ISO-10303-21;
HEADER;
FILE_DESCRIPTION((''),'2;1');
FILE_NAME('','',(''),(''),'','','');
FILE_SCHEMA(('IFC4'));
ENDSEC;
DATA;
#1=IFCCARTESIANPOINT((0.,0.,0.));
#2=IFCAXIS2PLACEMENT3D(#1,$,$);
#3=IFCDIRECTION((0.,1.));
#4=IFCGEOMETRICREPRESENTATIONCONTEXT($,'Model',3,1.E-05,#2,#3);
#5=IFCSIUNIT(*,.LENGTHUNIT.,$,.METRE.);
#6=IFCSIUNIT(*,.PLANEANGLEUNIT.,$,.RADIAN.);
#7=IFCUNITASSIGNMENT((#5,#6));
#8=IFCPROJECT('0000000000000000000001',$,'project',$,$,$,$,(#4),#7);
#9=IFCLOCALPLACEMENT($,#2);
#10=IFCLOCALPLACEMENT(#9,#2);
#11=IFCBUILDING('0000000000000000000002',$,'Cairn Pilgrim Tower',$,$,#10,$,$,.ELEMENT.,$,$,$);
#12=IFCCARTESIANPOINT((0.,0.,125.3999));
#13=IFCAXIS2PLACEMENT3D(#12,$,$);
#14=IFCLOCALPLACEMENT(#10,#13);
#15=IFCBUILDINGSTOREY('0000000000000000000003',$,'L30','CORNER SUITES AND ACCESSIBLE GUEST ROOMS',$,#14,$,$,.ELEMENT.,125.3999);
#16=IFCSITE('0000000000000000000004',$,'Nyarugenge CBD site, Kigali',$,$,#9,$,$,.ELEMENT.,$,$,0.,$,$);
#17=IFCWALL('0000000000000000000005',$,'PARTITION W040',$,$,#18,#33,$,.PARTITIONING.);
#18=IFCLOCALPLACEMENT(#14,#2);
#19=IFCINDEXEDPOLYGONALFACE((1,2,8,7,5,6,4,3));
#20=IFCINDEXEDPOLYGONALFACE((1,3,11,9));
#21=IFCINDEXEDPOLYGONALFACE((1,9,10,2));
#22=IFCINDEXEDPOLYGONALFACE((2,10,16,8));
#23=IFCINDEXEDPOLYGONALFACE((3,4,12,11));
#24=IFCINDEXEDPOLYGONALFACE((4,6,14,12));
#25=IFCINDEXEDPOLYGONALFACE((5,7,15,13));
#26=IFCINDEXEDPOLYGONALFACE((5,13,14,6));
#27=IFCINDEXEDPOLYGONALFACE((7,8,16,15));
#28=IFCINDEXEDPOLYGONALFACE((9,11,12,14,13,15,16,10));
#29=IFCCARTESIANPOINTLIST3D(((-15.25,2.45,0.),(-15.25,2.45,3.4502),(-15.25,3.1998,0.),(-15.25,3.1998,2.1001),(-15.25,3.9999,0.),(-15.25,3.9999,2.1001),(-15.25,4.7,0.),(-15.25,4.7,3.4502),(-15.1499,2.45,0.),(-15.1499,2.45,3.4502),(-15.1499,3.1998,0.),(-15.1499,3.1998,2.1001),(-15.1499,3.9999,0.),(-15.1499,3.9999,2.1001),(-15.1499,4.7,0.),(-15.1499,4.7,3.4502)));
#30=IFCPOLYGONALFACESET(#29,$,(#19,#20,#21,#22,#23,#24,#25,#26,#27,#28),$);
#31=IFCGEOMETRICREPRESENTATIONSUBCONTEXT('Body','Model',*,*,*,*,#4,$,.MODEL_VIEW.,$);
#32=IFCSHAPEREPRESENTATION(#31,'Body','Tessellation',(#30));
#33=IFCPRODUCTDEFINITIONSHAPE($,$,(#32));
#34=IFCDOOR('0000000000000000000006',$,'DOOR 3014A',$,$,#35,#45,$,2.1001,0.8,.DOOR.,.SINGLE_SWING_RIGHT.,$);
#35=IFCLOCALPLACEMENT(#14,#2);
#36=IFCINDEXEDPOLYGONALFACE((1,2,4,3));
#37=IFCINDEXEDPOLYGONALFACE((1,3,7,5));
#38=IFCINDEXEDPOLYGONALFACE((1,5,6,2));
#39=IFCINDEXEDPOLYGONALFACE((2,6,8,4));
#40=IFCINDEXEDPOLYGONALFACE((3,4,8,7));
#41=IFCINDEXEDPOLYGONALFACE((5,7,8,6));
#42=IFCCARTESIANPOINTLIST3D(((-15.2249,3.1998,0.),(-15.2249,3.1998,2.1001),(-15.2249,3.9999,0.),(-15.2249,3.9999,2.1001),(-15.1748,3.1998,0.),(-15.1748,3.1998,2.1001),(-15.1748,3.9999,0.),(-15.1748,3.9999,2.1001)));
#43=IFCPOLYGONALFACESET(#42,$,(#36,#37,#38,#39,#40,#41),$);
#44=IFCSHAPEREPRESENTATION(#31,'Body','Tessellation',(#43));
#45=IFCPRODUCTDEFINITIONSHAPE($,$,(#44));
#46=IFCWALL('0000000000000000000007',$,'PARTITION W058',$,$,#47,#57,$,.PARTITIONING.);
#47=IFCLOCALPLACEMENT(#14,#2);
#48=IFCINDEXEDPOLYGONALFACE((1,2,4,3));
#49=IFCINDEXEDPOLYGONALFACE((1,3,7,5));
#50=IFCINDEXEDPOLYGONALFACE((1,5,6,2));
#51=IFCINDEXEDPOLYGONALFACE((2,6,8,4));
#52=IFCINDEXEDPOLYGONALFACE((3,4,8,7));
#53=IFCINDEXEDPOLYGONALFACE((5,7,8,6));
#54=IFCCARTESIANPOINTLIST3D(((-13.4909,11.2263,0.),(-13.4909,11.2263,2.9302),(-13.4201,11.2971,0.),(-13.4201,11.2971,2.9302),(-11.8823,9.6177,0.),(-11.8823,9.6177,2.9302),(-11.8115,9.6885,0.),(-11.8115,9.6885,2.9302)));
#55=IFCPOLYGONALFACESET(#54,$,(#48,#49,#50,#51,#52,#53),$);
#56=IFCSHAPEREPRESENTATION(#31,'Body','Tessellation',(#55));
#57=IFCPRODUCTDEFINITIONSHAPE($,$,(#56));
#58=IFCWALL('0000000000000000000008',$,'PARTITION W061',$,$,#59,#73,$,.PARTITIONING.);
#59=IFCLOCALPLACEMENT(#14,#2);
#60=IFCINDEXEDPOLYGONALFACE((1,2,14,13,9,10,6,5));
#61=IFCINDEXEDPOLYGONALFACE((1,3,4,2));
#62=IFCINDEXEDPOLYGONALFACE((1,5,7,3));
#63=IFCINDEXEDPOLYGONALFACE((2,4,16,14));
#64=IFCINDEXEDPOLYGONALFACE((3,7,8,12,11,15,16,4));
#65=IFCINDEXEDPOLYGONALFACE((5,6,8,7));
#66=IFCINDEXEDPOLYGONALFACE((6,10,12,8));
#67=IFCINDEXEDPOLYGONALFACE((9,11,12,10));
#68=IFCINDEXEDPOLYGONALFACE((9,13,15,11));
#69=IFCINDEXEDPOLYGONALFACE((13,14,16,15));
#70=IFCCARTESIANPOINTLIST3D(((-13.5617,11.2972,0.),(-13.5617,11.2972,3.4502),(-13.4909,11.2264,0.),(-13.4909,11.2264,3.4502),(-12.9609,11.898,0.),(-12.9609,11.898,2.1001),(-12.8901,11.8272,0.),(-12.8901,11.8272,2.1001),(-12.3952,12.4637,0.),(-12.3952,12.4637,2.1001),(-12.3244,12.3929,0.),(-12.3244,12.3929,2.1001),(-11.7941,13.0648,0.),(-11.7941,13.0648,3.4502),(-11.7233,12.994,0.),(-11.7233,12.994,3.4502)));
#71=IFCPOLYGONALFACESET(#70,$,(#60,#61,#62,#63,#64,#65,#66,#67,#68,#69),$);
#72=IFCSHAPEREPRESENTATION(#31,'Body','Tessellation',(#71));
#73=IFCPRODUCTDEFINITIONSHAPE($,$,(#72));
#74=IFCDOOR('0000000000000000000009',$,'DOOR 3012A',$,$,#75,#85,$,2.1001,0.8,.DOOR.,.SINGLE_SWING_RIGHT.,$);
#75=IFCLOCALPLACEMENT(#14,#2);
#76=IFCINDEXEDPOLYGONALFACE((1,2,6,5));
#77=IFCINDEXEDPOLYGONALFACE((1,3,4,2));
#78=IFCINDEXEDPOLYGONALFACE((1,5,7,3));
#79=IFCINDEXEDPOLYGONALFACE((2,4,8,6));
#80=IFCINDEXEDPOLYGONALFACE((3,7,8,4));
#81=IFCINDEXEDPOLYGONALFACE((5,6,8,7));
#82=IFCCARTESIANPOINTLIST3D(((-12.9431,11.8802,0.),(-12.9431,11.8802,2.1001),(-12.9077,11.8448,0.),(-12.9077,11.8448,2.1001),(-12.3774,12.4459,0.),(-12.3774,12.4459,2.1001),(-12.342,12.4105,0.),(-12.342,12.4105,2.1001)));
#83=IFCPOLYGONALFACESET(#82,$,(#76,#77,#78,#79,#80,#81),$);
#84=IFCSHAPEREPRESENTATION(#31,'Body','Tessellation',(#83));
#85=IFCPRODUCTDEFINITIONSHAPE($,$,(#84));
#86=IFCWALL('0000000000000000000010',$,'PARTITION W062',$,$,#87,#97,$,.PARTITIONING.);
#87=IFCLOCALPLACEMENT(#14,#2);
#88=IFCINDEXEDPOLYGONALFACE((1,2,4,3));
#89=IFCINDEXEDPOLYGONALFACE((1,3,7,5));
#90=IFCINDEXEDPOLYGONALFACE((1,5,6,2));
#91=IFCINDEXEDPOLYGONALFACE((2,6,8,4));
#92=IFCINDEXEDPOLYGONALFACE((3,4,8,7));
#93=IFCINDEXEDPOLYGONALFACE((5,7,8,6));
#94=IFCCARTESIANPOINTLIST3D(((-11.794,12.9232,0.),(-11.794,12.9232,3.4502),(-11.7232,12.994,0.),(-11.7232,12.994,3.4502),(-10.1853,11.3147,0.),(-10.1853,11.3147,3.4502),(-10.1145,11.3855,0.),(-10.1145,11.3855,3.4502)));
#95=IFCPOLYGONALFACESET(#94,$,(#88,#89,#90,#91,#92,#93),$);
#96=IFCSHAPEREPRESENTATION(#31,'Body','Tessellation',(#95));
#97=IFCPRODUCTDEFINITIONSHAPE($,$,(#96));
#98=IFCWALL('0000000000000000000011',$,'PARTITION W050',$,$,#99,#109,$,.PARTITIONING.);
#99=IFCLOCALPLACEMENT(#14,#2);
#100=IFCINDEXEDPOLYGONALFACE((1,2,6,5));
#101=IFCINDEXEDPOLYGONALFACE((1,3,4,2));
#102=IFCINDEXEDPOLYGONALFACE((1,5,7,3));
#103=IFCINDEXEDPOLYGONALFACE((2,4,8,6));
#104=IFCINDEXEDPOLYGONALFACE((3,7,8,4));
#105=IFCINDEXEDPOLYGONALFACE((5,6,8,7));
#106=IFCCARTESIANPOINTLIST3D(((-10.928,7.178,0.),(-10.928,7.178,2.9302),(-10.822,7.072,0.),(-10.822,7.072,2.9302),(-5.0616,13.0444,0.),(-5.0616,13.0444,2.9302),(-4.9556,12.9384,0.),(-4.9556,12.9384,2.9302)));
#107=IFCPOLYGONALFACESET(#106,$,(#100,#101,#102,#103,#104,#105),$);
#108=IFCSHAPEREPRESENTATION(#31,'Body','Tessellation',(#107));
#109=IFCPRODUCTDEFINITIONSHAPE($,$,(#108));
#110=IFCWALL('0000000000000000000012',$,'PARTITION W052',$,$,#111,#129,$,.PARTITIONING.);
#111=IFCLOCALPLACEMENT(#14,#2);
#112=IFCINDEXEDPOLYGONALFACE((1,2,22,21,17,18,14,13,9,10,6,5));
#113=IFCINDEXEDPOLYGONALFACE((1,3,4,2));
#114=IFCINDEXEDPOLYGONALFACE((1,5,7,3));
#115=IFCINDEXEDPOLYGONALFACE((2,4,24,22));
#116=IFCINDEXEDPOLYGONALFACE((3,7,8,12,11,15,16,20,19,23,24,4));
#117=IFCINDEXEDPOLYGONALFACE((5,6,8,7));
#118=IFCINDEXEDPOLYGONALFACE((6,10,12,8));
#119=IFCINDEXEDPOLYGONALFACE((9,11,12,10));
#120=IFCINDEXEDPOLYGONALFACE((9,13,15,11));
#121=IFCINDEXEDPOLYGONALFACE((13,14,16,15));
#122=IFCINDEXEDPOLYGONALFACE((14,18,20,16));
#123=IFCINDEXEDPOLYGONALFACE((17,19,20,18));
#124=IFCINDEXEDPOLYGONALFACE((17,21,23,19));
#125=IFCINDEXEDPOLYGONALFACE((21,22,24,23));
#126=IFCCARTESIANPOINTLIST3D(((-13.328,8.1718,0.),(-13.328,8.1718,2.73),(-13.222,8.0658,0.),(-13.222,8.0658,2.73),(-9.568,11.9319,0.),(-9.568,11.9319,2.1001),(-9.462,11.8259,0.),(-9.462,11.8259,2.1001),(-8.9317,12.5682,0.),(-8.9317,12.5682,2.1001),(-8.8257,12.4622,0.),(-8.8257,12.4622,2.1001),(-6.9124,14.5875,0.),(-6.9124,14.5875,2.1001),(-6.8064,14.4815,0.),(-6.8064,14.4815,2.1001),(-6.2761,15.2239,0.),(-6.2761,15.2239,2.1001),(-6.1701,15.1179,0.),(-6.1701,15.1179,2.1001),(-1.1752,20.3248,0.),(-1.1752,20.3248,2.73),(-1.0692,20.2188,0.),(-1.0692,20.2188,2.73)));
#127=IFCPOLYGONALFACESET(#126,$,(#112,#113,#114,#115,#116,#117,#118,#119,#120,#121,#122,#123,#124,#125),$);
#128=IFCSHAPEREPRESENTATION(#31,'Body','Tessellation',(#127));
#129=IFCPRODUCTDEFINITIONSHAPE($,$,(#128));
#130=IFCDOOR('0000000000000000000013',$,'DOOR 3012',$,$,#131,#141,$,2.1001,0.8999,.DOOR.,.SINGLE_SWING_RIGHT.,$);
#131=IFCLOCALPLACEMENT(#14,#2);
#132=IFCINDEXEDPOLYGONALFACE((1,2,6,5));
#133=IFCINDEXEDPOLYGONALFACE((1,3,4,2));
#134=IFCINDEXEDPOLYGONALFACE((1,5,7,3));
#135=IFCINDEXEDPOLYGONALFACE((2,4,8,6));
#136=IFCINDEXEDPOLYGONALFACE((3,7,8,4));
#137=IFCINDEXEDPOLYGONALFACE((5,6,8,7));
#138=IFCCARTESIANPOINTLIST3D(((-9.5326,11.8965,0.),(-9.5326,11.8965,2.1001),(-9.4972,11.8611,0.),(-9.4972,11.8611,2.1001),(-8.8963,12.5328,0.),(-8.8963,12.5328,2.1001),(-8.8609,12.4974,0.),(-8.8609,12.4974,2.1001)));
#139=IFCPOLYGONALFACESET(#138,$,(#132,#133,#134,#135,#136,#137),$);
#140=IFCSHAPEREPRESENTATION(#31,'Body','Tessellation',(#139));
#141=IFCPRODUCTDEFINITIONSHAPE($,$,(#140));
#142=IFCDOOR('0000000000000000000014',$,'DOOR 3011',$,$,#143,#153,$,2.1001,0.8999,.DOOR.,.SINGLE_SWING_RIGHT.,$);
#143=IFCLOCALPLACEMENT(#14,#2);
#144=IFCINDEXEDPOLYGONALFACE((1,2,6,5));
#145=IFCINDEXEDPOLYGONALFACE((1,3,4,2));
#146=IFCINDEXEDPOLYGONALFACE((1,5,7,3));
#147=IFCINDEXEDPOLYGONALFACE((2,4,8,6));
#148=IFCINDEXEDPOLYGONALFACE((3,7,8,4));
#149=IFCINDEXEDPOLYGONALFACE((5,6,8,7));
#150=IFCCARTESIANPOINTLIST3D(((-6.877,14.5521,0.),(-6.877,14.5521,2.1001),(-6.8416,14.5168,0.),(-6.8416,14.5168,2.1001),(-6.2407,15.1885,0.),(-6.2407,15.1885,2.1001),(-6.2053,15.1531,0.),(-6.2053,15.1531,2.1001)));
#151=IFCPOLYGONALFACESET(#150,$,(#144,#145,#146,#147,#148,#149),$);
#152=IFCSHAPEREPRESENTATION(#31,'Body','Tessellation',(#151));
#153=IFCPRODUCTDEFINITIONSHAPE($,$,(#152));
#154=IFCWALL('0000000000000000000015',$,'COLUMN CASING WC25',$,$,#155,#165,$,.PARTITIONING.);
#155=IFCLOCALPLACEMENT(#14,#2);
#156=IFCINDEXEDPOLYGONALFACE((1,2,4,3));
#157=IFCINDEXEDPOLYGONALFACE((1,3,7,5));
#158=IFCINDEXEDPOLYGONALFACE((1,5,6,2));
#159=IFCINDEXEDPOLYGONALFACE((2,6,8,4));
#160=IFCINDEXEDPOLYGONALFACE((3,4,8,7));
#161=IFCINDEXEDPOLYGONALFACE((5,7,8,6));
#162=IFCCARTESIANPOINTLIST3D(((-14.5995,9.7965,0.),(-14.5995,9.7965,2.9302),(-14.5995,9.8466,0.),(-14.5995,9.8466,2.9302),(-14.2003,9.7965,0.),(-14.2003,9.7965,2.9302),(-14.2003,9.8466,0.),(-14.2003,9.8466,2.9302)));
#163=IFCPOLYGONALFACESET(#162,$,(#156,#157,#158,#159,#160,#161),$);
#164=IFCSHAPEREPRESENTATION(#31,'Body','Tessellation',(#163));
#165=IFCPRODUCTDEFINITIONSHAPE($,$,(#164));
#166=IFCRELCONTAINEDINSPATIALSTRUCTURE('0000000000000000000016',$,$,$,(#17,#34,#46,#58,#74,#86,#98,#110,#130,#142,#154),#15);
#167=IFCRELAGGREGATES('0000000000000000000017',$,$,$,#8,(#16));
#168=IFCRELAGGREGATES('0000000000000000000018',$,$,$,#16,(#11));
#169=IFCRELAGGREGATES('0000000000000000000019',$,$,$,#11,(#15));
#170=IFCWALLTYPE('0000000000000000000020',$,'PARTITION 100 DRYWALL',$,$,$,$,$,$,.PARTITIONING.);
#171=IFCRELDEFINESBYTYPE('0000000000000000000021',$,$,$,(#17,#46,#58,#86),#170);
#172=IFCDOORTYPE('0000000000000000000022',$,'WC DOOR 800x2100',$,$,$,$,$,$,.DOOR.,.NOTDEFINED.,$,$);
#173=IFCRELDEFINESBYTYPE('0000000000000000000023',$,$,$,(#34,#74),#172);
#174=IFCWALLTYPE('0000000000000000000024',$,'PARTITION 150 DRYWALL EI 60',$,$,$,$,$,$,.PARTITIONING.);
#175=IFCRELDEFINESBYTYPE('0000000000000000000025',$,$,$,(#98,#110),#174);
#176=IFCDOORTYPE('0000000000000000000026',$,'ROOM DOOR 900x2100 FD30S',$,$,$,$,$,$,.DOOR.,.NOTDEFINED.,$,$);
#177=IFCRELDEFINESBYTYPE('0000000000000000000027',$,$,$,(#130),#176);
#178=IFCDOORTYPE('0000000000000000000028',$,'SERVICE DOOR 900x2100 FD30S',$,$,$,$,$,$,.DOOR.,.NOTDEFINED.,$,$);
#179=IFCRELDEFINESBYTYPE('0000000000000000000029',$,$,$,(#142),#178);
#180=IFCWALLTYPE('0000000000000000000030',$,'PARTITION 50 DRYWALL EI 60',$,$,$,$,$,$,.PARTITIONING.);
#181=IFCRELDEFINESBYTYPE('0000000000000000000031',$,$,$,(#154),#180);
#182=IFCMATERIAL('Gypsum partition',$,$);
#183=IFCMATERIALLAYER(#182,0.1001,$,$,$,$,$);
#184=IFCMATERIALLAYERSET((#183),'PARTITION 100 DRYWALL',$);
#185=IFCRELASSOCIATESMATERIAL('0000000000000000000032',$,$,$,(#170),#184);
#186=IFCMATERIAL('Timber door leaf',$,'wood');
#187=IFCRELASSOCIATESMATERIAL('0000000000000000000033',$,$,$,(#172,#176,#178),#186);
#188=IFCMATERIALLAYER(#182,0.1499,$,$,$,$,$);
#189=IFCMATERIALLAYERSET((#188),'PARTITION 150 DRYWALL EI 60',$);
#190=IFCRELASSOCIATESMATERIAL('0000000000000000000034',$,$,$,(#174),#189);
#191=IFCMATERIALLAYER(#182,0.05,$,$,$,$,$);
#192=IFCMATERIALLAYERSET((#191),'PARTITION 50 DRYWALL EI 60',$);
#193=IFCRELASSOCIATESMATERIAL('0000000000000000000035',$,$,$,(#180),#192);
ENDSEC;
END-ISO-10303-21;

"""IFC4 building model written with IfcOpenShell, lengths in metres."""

from ifc_helpers import new_model, si_unit, direction, frame, frame_2d, origin, place, context, subcontext, project, spatial, rectangle, extrude, material, layer, layer_set, type_object, element, fill, save


model = new_model("IFC4")

# Units and contexts
model_context = context("Model", 3, precision=1e-05, world=origin(), true_north=direction((0.0, 1.0)))
body_context = subcontext(model_context, "Body", "Model", "MODEL_VIEW")
ifc_project = project(units=[si_unit("LENGTHUNIT", "METRE"), si_unit("PLANEANGLEUNIT", "RADIAN")], contexts=[model_context])

# Site, building, storey
site_placement = place(None, origin())
site = spatial("IfcSite", under=ifc_project, at=site_placement, Name="Nyarugenge CBD site, Kigali", CompositionType="ELEMENT", RefElevation=0.0)
building_placement = place(site_placement, origin())
building = spatial("IfcBuilding", under=site, at=building_placement, Name="Cairn Pilgrim Tower", CompositionType="ELEMENT")
storey_placement = place(building_placement, frame((0.0, 0.0, 125.3999)))
storey = spatial("IfcBuildingStorey", under=building, at=storey_placement, Name="L30", Description="CORNER SUITES AND ACCESSIBLE GUEST ROOMS", CompositionType="ELEMENT", Elevation=125.3999)

# Wall, opening, door
ifc_material_1 = material(Name="Gypsum partition")
ifc_layer_1 = layer(ifc_material_1, 0.1001)
ifc_layer_set_1 = layer_set([ifc_layer_1], Name="PARTITION 100 DRYWALL")
wall_type_1 = type_object("IfcWallType", Name="PARTITION 100 DRYWALL", PredefinedType="PARTITIONING", material=ifc_layer_set_1)
wall_1_placement = place(storey_placement, frame((-15.2, 2.45, 0.0), z_axis=(0.0, 0.0, 1.0), x_axis=(0.0, 1.0, 0.0)))
wall_1 = element("IfcWall", 1, at=wall_1_placement, inside=storey, type_object=wall_type_1, Name="PARTITION W040", PredefinedType="PARTITIONING", context=body_context, shape_type="SweptSolid", body=[
    extrude(rectangle(XDim=2.25, YDim=0.1001, at=frame_2d((1.125, 0.0))), origin(), (0.0, 0.0, 1.0), 3.4502),
])
opening_1_placement = place(wall_1_placement, frame((0.75, 0.0, 0.0)))
opening_1 = element("IfcOpeningElement", 2, at=opening_1_placement, cuts=wall_1, PredefinedType="OPENING", context=body_context, shape_type="SweptSolid", body=[
    extrude(rectangle(XDim=0.8, YDim=2.1001, at=frame_2d((0.3999, 1.05))), frame((0.0, 0.0601, 0.0), z_axis=(0.0, -1.0, 0.0), x_axis=(1.0, 0.0, 0.0)), (0.0, 0.0, 1.0), 0.1201),
])
ifc_material_2 = material(Name="Timber door leaf", Category="wood")
door_type_1 = type_object("IfcDoorType", Name="WC DOOR 800x2100", OperationType="NOTDEFINED", PredefinedType="DOOR", material=ifc_material_2)
door_1_placement = place(opening_1_placement, origin())
door_1 = element("IfcDoor", 3, at=door_1_placement, inside=storey, type_object=door_type_1, Name="DOOR 3014A", OperationType="SINGLE_SWING_RIGHT", OverallHeight=2.1001, OverallWidth=0.8, PredefinedType="DOOR", context=body_context, shape_type="SweptSolid", body=[
    extrude(rectangle(XDim=0.8, YDim=2.1001, at=frame_2d((0.3999, 1.05))), frame((0.0, 0.0249, 0.0), z_axis=(0.0, -1.0, 0.0), x_axis=(1.0, 0.0, 0.0)), (0.0, 0.0, 1.0), 0.05),
])
fill(opening_1, door_1)

# Wall
wall_2_placement = place(storey_placement, frame((-11.8469, 9.6531, 0.0), z_axis=(0.0, 0.0, 1.0), x_axis=(-0.707107, 0.707107, 0.0)))
element("IfcWall", 4, at=wall_2_placement, inside=storey, type_object=wall_type_1, Name="PARTITION W058", PredefinedType="PARTITIONING", context=body_context, shape_type="SweptSolid", body=[
    extrude(rectangle(XDim=2.2749, YDim=0.1001, at=frame_2d((1.1375, 0.0))), origin(), (0.0, 0.0, 1.0), 2.9302),
])

# Wall, opening, door
wall_3_placement = place(storey_placement, frame((-13.5264, 11.2617, 0.0), z_axis=(0.0, 0.0, 1.0), x_axis=(0.707107, 0.707107, 0.0)))
wall_3 = element("IfcWall", 5, at=wall_3_placement, inside=storey, type_object=wall_type_1, Name="PARTITION W061", PredefinedType="PARTITIONING", context=body_context, shape_type="SweptSolid", body=[
    extrude(rectangle(XDim=2.4998, YDim=0.1001, at=frame_2d((1.25, 0.0))), origin(), (0.0, 0.0, 1.0), 3.4502),
])
opening_2_placement = place(wall_3_placement, frame((0.8499, 0.0, 0.0)))
opening_2 = element("IfcOpeningElement", 6, at=opening_2_placement, cuts=wall_3, PredefinedType="OPENING", context=body_context, shape_type="SweptSolid", body=[
    extrude(rectangle(XDim=0.8, YDim=2.1001, at=frame_2d((0.3999, 1.05))), frame((0.0, 0.0601, 0.0), z_axis=(0.0, -1.0, 0.0), x_axis=(1.0, 0.0, 0.0)), (0.0, 0.0, 1.0), 0.1201),
])
door_2_placement = place(opening_2_placement, origin())
door_2 = element("IfcDoor", 7, at=door_2_placement, inside=storey, type_object=door_type_1, Name="DOOR 3012A", OperationType="SINGLE_SWING_RIGHT", OverallHeight=2.1001, OverallWidth=0.8, PredefinedType="DOOR", context=body_context, shape_type="SweptSolid", body=[
    extrude(rectangle(XDim=0.8, YDim=2.1001, at=frame_2d((0.3999, 1.05))), frame((0.0, 0.0249, 0.0), z_axis=(0.0, -1.0, 0.0), x_axis=(1.0, 0.0, 0.0)), (0.0, 0.0, 1.0), 0.05),
])
fill(opening_2, door_2)

# Walls
wall_4_placement = place(storey_placement, frame((-10.1499, 11.3501, 0.0), z_axis=(0.0, 0.0, 1.0), x_axis=(-0.70716, 0.707053, 0.0)))
element("IfcWall", 8, at=wall_4_placement, inside=storey, type_object=wall_type_1, Name="PARTITION W062", PredefinedType="PARTITIONING", context=body_context, shape_type="SweptSolid", body=[
    extrude(rectangle(XDim=2.2749, YDim=0.1001, at=frame_2d((1.1375, 0.0))), origin(), (0.0, 0.0, 1.0), 3.4502),
])
ifc_layer_2 = layer(ifc_material_1, 0.1499)
ifc_layer_set_2 = layer_set([ifc_layer_2], Name="PARTITION 150 DRYWALL EI 60")
wall_type_2 = type_object("IfcWallType", Name="PARTITION 150 DRYWALL EI 60", PredefinedType="PARTITIONING", material=ifc_layer_set_2)
wall_5_placement = place(storey_placement, frame((-10.875, 7.125, 0.0), z_axis=(0.0, 0.0, 1.0), x_axis=(0.707107, 0.707107, 0.0)))
element("IfcWall", 9, at=wall_5_placement, inside=storey, type_object=wall_type_2, Name="PARTITION W050", PredefinedType="PARTITIONING", context=body_context, shape_type="SweptSolid", body=[
    extrude(rectangle(XDim=8.2964, YDim=0.1499, at=frame_2d((4.1482, 0.0))), origin(), (0.0, 0.0, 1.0), 2.9302),
])

# Wall, openings, doors
wall_6_placement = place(storey_placement, frame((-13.2749, 8.1189, 0.0), z_axis=(0.0, 0.0, 1.0), x_axis=(0.7071, 0.707114, 0.0)))
wall_6 = element("IfcWall", 10, at=wall_6_placement, inside=storey, type_object=wall_type_2, Name="PARTITION W052", PredefinedType="PARTITIONING", context=body_context, shape_type="SweptSolid", body=[
    extrude(rectangle(XDim=17.1868, YDim=0.1499, at=frame_2d((8.5933, 0.0))), origin(), (0.0, 0.0, 1.0), 2.73),
])
opening_3_placement = place(wall_6_placement, frame((9.073, 0.0, 0.0)))
opening_3 = element("IfcOpeningElement", 11, at=opening_3_placement, cuts=wall_6, PredefinedType="OPENING", context=body_context, shape_type="SweptSolid", body=[
    extrude(rectangle(XDim=0.8999, YDim=2.1001, at=frame_2d((0.45, 1.05))), frame((0.0, 0.085, 0.0), z_axis=(0.0, -1.0, 0.0), x_axis=(1.0, 0.0, 0.0)), (0.0, 0.0, 1.0), 0.1699),
])
opening_4_placement = place(wall_6_placement, frame((5.3174, 0.0, 0.0)))
opening_4 = element("IfcOpeningElement", 12, at=opening_4_placement, cuts=wall_6, PredefinedType="OPENING", context=body_context, shape_type="SweptSolid", body=[
    extrude(rectangle(XDim=0.8999, YDim=2.1001, at=frame_2d((0.45, 1.05))), frame((0.0, 0.085, 0.0), z_axis=(0.0, -1.0, 0.0), x_axis=(1.0, 0.0, 0.0)), (0.0, 0.0, 1.0), 0.1699),
])
door_type_2 = type_object("IfcDoorType", Name="ROOM DOOR 900x2100 FD30S", OperationType="NOTDEFINED", PredefinedType="DOOR", material=ifc_material_2)
door_3_placement = place(opening_4_placement, origin())
door_3 = element("IfcDoor", 13, at=door_3_placement, inside=storey, type_object=door_type_2, Name="DOOR 3012", OperationType="SINGLE_SWING_RIGHT", OverallHeight=2.1001, OverallWidth=0.8999, PredefinedType="DOOR", context=body_context, shape_type="SweptSolid", body=[
    extrude(rectangle(XDim=0.8999, YDim=2.1001, at=frame_2d((0.45, 1.05))), frame((0.0, 0.0249, 0.0), z_axis=(0.0, -1.0, 0.0), x_axis=(1.0, 0.0, 0.0)), (0.0, 0.0, 1.0), 0.05),
])
fill(opening_4, door_3)
door_type_3 = type_object("IfcDoorType", Name="SERVICE DOOR 900x2100 FD30S", OperationType="NOTDEFINED", PredefinedType="DOOR", material=ifc_material_2)
door_4_placement = place(opening_3_placement, origin())
door_4 = element("IfcDoor", 14, at=door_4_placement, inside=storey, type_object=door_type_3, Name="DOOR 3011", OperationType="SINGLE_SWING_RIGHT", OverallHeight=2.1001, OverallWidth=0.8999, PredefinedType="DOOR", context=body_context, shape_type="SweptSolid", body=[
    extrude(rectangle(XDim=0.8999, YDim=2.1001, at=frame_2d((0.45, 1.05))), frame((0.0, 0.0249, 0.0), z_axis=(0.0, -1.0, 0.0), x_axis=(1.0, 0.0, 0.0)), (0.0, 0.0, 1.0), 0.05),
])
fill(opening_3, door_4)

# Wall
ifc_layer_3 = layer(ifc_material_1, 0.05)
ifc_layer_set_3 = layer_set([ifc_layer_3], Name="PARTITION 50 DRYWALL EI 60")
wall_type_3 = type_object("IfcWallType", Name="PARTITION 50 DRYWALL EI 60", PredefinedType="PARTITIONING", material=ifc_layer_set_3)
wall_7_placement = place(storey_placement, frame((-14.5996, 9.8215, 0.0), z_axis=(0.0, 0.0, 1.0), x_axis=(1.0, 0.0, 0.0)))
element("IfcWall", 15, at=wall_7_placement, inside=storey, type_object=wall_type_3, Name="COLUMN CASING WC25", PredefinedType="PARTITIONING", context=body_context, shape_type="SweptSolid", body=[
    extrude(rectangle(XDim=0.3992, YDim=0.05, at=frame_2d((0.1997, 0.0))), origin(), (0.0, 0.0, 1.0), 2.9302),
])

save(model, "model.ifc")
